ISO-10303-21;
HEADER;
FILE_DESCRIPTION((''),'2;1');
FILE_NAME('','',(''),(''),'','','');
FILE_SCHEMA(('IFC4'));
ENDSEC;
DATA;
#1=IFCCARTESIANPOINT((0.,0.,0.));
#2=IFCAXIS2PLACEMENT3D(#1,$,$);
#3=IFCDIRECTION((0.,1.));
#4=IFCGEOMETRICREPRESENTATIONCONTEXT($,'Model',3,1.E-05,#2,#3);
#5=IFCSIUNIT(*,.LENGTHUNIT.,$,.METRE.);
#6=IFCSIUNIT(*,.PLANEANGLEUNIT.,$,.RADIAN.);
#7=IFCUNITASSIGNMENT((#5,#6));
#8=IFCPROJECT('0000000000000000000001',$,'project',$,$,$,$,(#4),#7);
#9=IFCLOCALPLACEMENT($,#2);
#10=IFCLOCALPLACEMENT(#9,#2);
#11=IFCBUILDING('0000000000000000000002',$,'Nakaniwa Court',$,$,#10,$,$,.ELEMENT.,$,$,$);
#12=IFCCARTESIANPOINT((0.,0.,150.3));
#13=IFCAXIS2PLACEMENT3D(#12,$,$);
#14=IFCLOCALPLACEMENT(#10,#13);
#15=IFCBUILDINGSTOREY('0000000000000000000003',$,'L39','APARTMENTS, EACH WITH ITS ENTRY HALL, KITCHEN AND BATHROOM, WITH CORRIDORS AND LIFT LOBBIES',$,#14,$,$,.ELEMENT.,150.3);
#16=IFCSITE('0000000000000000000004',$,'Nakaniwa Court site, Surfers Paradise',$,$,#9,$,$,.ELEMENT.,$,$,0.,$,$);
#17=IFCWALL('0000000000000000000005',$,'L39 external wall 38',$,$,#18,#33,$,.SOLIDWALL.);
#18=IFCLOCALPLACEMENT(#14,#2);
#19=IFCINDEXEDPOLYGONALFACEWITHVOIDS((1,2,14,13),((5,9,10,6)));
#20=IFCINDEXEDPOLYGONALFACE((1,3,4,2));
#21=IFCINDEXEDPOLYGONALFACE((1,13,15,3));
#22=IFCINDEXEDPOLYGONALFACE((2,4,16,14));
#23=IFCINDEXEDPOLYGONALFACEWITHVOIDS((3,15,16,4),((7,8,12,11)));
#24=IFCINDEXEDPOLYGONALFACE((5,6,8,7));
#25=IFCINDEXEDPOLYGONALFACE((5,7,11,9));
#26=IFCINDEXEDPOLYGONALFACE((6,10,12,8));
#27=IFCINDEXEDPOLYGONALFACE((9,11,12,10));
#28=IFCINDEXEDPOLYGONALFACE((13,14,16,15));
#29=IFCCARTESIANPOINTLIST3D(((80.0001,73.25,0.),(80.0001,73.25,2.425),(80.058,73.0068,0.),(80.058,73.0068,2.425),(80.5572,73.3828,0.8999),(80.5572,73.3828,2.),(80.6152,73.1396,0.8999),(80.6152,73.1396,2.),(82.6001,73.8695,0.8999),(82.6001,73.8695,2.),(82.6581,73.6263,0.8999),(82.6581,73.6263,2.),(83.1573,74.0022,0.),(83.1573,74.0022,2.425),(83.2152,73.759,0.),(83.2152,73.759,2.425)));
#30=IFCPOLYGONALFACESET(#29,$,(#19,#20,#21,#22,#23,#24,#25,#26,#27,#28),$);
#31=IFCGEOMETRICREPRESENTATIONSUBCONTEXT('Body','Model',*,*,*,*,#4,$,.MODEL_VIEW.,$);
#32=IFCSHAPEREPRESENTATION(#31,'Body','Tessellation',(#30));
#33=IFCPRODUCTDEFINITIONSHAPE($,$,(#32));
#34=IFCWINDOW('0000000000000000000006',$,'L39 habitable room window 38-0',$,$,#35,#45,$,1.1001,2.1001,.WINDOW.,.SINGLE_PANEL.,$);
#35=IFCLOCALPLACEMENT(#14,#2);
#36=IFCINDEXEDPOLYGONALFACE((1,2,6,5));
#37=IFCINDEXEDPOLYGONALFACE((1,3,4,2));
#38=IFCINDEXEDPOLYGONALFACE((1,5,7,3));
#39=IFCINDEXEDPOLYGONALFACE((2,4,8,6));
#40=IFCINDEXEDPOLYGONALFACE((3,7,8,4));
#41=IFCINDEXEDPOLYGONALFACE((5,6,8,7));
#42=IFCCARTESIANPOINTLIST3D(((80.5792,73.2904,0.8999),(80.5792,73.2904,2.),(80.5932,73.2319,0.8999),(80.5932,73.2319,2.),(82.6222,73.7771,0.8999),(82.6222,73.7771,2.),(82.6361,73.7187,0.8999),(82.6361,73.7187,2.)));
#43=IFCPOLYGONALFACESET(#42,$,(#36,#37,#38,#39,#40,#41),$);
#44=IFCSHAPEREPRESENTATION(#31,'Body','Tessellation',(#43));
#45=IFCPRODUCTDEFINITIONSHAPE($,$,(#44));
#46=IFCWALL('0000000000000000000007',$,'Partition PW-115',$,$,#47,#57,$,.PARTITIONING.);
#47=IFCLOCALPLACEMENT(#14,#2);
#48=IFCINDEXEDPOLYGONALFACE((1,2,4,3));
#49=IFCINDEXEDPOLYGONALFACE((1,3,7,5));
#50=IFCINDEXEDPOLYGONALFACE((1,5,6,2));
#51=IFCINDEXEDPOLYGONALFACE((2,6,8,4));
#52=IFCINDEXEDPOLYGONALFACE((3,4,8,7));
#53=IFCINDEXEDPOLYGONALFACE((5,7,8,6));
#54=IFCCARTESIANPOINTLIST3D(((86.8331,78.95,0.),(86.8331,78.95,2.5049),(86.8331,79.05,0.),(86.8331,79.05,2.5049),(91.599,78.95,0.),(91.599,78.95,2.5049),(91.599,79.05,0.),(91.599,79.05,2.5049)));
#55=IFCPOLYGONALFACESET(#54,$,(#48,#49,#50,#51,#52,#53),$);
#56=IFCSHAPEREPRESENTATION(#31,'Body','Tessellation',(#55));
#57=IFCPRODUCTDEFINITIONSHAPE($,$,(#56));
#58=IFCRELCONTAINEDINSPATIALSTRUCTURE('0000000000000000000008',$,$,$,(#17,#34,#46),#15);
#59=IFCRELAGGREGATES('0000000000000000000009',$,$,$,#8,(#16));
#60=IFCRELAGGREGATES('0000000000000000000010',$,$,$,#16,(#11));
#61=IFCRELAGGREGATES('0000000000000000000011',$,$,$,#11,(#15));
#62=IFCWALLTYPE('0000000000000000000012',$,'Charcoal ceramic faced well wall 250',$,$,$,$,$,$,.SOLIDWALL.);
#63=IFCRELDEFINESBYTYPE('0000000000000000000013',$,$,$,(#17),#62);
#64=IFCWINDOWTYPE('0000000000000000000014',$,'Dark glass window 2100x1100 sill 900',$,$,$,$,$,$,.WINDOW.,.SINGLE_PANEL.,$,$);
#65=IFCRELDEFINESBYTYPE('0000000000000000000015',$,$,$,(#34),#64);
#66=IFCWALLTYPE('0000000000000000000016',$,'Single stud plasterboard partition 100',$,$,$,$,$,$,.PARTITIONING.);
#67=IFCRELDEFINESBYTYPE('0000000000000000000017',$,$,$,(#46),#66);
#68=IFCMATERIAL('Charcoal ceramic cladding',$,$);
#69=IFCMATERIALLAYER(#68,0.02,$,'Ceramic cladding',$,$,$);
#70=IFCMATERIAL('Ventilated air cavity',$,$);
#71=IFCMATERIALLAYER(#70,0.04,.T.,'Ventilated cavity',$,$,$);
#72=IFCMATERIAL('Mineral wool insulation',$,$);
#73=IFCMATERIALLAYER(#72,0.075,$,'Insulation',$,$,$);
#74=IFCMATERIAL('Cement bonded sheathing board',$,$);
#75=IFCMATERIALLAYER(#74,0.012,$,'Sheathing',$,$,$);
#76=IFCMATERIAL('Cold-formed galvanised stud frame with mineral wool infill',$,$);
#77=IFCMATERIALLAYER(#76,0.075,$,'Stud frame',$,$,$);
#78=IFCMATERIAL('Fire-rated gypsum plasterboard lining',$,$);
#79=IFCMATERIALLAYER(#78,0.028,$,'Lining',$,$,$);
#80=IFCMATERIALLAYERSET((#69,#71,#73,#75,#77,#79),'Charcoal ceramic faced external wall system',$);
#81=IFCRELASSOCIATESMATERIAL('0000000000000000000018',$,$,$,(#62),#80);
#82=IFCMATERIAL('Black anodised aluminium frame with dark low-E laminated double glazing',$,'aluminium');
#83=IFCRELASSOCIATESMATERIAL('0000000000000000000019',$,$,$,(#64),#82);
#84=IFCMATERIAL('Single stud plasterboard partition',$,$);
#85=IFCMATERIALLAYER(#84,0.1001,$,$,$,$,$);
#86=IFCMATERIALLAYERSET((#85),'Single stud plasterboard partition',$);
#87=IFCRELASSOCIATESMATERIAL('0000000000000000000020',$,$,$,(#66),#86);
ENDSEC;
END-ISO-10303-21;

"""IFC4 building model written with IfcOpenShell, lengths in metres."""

from ifc_helpers import new_model, si_unit, direction, frame, frame_2d, origin, place, context, subcontext, project, spatial, rectangle, extrude, material, layer, layer_set, type_object, element, fill, save


model = new_model("IFC4")

# Units and contexts
model_context = context("Model", 3, precision=1e-05, world=origin(), true_north=direction((0.0, 1.0)))
body_context = subcontext(model_context, "Body", "Model", "MODEL_VIEW")
ifc_project = project(units=[si_unit("LENGTHUNIT", "METRE"), si_unit("PLANEANGLEUNIT", "RADIAN")], contexts=[model_context])

# Site, building, storey
site_placement = place(None, origin())
site = spatial("IfcSite", under=ifc_project, at=site_placement, Name="Nakaniwa Court site, Surfers Paradise", CompositionType="ELEMENT", RefElevation=0.0)
building_placement = place(site_placement, origin())
building = spatial("IfcBuilding", under=site, at=building_placement, Name="Nakaniwa Court", CompositionType="ELEMENT")
storey_placement = place(building_placement, frame((0.0, 0.0, 150.3)))
storey = spatial("IfcBuildingStorey", under=building, at=storey_placement, Name="L39", Description="APARTMENTS, EACH WITH ITS ENTRY HALL, KITCHEN AND BATHROOM, WITH CORRIDORS AND LIFT LOBBIES", CompositionType="ELEMENT", Elevation=150.3)

# Wall, opening, window
ifc_material_1 = material(Name="Charcoal ceramic cladding")
ifc_layer_1 = layer(ifc_material_1, 0.02, Name="Ceramic cladding")
ifc_material_2 = material(Name="Ventilated air cavity")
ifc_layer_2 = layer(ifc_material_2, 0.04, ventilated=True, Name="Ventilated cavity")
ifc_material_3 = material(Name="Mineral wool insulation")
ifc_layer_3 = layer(ifc_material_3, 0.075, Name="Insulation")
ifc_material_4 = material(Name="Cement bonded sheathing board")
ifc_layer_4 = layer(ifc_material_4, 0.012, Name="Sheathing")
ifc_material_5 = material(Name="Cold-formed galvanised stud frame with mineral wool infill")
ifc_layer_5 = layer(ifc_material_5, 0.075, Name="Stud frame")
ifc_material_6 = material(Name="Fire-rated gypsum plasterboard lining")
ifc_layer_6 = layer(ifc_material_6, 0.028, Name="Lining")
ifc_layer_set_1 = layer_set([ifc_layer_1, ifc_layer_2, ifc_layer_3, ifc_layer_4, ifc_layer_5, ifc_layer_6], Name="Charcoal ceramic faced external wall system")
wall_type_1 = type_object("IfcWallType", Name="Charcoal ceramic faced well wall 250", PredefinedType="SOLIDWALL", material=ifc_layer_set_1)
ifc_material_7 = material(Name="Black anodised aluminium frame with dark low-E laminated double glazing", Category="aluminium")
window_type_1 = type_object("IfcWindowType", Name="Dark glass window 2100x1100 sill 900", PartitioningType="SINGLE_PANEL", PredefinedType="WINDOW", material=ifc_material_7)
wall_1_placement = place(storey_placement, frame((83.1863, 73.8806, 0.0), z_axis=(0.0, 0.0, 1.0), x_axis=(-0.972773, -0.23176, 0.0)))
wall_1 = element("IfcWall", 1, at=wall_1_placement, inside=storey, type_object=wall_type_1, Name="L39 external wall 38", PredefinedType="SOLIDWALL", context=body_context, shape_type="SweptSolid", body=[
    extrude(rectangle(XDim=3.2456, YDim=0.25, at=frame_2d((1.6228, 0.0))), origin(), (0.0, 0.0, 1.0), 2.425),
])
opening_1_placement = place(wall_1_placement, frame((0.5728, 0.0, 0.8999)))
opening_1 = element("IfcOpeningElement", 2, at=opening_1_placement, cuts=wall_1, PredefinedType="OPENING", context=body_context, shape_type="SweptSolid", body=[
    extrude(rectangle(XDim=2.1001, YDim=1.1001, at=frame_2d((1.05, 0.55))), frame((0.0, 0.135, 0.0), z_axis=(0.0, -1.0, 0.0), x_axis=(1.0, 0.0, 0.0)), (0.0, 0.0, 1.0), 0.27),
])
window_1_placement = place(opening_1_placement, origin())
window_1 = element("IfcWindow", 3, at=window_1_placement, inside=storey, type_object=window_type_1, Name="L39 habitable room window 38-0", OverallHeight=1.1001, OverallWidth=2.1001, PartitioningType="SINGLE_PANEL", PredefinedType="WINDOW", context=body_context, shape_type="SweptSolid", body=[
    extrude(rectangle(XDim=2.1001, YDim=1.1001, at=frame_2d((1.05, 0.55))), frame((0.0, 0.03, 0.0), z_axis=(0.0, -1.0, 0.0), x_axis=(1.0, 0.0, 0.0)), (0.0, 0.0, 1.0), 0.0601),
])
fill(opening_1, window_1)

# Wall
ifc_material_8 = material(Name="Single stud plasterboard partition")
ifc_layer_7 = layer(ifc_material_8, 0.1001)
ifc_layer_set_2 = layer_set([ifc_layer_7], Name="Single stud plasterboard partition")
wall_type_2 = type_object("IfcWallType", Name="Single stud plasterboard partition 100", PredefinedType="PARTITIONING", material=ifc_layer_set_2)
wall_2_placement = place(storey_placement, frame((86.8333, 79.0, 0.0), z_axis=(0.0, 0.0, 1.0), x_axis=(1.0, 0.0, 0.0)))
element("IfcWall", 4, at=wall_2_placement, inside=storey, type_object=wall_type_2, Name="Partition PW-115", PredefinedType="PARTITIONING", context=body_context, shape_type="SweptSolid", body=[
    extrude(rectangle(XDim=4.7659, YDim=0.1001, at=frame_2d((2.3828, 0.0))), origin(), (0.0, 0.0, 1.0), 2.5049),
])

save(model, "model.ifc")
